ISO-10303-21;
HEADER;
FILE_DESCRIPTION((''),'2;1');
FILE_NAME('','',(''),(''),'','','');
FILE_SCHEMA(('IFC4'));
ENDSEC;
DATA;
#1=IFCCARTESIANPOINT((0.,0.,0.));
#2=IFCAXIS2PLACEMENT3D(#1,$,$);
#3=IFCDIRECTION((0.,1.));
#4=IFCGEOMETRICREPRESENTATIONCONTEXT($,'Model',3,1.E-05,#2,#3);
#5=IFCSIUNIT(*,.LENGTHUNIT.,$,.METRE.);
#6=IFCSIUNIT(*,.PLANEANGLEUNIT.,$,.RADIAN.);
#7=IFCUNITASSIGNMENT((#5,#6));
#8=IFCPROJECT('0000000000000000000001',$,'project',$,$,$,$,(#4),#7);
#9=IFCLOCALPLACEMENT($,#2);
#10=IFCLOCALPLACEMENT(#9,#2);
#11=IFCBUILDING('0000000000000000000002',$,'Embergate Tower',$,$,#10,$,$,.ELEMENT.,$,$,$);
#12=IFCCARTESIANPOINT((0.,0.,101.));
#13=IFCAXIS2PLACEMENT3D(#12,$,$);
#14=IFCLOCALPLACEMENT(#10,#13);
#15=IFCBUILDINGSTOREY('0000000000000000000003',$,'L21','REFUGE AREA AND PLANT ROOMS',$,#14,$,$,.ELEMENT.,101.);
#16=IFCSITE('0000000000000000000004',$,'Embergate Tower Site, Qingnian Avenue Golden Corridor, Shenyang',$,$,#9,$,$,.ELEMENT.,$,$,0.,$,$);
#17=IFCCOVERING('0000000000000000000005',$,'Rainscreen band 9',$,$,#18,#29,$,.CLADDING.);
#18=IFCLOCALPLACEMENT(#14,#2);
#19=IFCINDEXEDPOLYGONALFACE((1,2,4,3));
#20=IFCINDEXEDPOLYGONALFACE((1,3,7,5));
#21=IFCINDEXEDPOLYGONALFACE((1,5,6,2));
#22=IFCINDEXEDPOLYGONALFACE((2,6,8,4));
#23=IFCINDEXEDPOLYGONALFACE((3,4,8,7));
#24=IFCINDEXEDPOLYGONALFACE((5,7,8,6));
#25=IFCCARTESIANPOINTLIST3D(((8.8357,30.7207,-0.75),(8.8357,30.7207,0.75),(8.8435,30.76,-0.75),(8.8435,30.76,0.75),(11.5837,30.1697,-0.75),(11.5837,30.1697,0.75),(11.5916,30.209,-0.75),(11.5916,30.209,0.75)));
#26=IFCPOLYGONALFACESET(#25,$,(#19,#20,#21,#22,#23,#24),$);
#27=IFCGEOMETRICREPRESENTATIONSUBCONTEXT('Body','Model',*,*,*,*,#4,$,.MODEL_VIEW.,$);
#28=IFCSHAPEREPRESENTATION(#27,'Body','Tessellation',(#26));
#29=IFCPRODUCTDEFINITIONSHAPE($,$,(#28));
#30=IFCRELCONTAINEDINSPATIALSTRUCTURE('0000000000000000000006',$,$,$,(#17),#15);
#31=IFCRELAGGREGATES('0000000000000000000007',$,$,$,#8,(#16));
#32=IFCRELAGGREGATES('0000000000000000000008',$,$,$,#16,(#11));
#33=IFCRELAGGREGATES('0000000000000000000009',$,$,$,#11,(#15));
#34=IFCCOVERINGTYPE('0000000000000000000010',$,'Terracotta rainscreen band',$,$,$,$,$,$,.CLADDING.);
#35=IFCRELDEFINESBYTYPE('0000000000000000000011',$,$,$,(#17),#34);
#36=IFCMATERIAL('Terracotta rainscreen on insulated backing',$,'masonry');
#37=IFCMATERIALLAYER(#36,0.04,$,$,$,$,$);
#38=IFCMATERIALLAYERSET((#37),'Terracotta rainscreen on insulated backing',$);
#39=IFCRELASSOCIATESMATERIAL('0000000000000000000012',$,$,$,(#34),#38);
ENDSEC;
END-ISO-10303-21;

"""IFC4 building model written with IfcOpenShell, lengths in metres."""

from ifc_helpers import new_model, si_unit, direction, frame, origin, origin_2d, place, context, subcontext, project, spatial, rectangle, extrude, source, transform, mapped, material, layer, layer_set, type_object, element, save


model = new_model("IFC4")

# Units and contexts
model_context = context("Model", 3, precision=1e-05, world=origin(), true_north=direction((0.0, 1.0)))
body_context = subcontext(model_context, "Body", "Model", "MODEL_VIEW")
ifc_project = project(units=[si_unit("LENGTHUNIT", "METRE"), si_unit("PLANEANGLEUNIT", "RADIAN")], contexts=[model_context])

# Site, building, storey
site_placement = place(None, origin())
site = spatial("IfcSite", under=ifc_project, at=site_placement, Name="Embergate Tower Site, Qingnian Avenue Golden Corridor, Shenyang", CompositionType="ELEMENT", RefElevation=0.0)
building_placement = place(site_placement, origin())
building = spatial("IfcBuilding", under=site, at=building_placement, Name="Embergate Tower", CompositionType="ELEMENT")
storey_placement = place(building_placement, frame((0.0, 0.0, 101.0)))
storey = spatial("IfcBuildingStorey", under=building, at=storey_placement, Name="L21", Description="REFUGE AREA AND PLANT ROOMS", CompositionType="ELEMENT", Elevation=101.0)

# Covering
ifc_material_1 = material(Name="Terracotta rainscreen on insulated backing", Category="masonry")
ifc_layer_1 = layer(ifc_material_1, 0.04)
ifc_layer_set_1 = layer_set([ifc_layer_1], Name="Terracotta rainscreen on insulated backing")
covering_type = type_object("IfcCoveringType", Name="Terracotta rainscreen band", PredefinedType="CLADDING", material=ifc_layer_set_1)
shared_shape_1 = source(origin(), body_context, "Body", "SweptSolid", [
    extrude(rectangle(XDim=2.8027, YDim=0.04, at=origin_2d()), origin(), (0.0, 0.0, 1.0), 1.5),
])
covering_1_placement = place(storey_placement, frame((10.2136, 30.4648, -0.75), z_axis=(0.0, 0.0, 1.0), x_axis=(-0.980484, 0.196596, 0.0)))
element("IfcCovering", 1, at=covering_1_placement, inside=storey, type_object=covering_type, Name="Rainscreen band 9", PredefinedType="CLADDING", context=body_context, shape_type="MappedRepresentation", body=[
    mapped(shared_shape_1, transform((0.0, 0.0, 0.0))),
])

save(model, "model.ifc")
